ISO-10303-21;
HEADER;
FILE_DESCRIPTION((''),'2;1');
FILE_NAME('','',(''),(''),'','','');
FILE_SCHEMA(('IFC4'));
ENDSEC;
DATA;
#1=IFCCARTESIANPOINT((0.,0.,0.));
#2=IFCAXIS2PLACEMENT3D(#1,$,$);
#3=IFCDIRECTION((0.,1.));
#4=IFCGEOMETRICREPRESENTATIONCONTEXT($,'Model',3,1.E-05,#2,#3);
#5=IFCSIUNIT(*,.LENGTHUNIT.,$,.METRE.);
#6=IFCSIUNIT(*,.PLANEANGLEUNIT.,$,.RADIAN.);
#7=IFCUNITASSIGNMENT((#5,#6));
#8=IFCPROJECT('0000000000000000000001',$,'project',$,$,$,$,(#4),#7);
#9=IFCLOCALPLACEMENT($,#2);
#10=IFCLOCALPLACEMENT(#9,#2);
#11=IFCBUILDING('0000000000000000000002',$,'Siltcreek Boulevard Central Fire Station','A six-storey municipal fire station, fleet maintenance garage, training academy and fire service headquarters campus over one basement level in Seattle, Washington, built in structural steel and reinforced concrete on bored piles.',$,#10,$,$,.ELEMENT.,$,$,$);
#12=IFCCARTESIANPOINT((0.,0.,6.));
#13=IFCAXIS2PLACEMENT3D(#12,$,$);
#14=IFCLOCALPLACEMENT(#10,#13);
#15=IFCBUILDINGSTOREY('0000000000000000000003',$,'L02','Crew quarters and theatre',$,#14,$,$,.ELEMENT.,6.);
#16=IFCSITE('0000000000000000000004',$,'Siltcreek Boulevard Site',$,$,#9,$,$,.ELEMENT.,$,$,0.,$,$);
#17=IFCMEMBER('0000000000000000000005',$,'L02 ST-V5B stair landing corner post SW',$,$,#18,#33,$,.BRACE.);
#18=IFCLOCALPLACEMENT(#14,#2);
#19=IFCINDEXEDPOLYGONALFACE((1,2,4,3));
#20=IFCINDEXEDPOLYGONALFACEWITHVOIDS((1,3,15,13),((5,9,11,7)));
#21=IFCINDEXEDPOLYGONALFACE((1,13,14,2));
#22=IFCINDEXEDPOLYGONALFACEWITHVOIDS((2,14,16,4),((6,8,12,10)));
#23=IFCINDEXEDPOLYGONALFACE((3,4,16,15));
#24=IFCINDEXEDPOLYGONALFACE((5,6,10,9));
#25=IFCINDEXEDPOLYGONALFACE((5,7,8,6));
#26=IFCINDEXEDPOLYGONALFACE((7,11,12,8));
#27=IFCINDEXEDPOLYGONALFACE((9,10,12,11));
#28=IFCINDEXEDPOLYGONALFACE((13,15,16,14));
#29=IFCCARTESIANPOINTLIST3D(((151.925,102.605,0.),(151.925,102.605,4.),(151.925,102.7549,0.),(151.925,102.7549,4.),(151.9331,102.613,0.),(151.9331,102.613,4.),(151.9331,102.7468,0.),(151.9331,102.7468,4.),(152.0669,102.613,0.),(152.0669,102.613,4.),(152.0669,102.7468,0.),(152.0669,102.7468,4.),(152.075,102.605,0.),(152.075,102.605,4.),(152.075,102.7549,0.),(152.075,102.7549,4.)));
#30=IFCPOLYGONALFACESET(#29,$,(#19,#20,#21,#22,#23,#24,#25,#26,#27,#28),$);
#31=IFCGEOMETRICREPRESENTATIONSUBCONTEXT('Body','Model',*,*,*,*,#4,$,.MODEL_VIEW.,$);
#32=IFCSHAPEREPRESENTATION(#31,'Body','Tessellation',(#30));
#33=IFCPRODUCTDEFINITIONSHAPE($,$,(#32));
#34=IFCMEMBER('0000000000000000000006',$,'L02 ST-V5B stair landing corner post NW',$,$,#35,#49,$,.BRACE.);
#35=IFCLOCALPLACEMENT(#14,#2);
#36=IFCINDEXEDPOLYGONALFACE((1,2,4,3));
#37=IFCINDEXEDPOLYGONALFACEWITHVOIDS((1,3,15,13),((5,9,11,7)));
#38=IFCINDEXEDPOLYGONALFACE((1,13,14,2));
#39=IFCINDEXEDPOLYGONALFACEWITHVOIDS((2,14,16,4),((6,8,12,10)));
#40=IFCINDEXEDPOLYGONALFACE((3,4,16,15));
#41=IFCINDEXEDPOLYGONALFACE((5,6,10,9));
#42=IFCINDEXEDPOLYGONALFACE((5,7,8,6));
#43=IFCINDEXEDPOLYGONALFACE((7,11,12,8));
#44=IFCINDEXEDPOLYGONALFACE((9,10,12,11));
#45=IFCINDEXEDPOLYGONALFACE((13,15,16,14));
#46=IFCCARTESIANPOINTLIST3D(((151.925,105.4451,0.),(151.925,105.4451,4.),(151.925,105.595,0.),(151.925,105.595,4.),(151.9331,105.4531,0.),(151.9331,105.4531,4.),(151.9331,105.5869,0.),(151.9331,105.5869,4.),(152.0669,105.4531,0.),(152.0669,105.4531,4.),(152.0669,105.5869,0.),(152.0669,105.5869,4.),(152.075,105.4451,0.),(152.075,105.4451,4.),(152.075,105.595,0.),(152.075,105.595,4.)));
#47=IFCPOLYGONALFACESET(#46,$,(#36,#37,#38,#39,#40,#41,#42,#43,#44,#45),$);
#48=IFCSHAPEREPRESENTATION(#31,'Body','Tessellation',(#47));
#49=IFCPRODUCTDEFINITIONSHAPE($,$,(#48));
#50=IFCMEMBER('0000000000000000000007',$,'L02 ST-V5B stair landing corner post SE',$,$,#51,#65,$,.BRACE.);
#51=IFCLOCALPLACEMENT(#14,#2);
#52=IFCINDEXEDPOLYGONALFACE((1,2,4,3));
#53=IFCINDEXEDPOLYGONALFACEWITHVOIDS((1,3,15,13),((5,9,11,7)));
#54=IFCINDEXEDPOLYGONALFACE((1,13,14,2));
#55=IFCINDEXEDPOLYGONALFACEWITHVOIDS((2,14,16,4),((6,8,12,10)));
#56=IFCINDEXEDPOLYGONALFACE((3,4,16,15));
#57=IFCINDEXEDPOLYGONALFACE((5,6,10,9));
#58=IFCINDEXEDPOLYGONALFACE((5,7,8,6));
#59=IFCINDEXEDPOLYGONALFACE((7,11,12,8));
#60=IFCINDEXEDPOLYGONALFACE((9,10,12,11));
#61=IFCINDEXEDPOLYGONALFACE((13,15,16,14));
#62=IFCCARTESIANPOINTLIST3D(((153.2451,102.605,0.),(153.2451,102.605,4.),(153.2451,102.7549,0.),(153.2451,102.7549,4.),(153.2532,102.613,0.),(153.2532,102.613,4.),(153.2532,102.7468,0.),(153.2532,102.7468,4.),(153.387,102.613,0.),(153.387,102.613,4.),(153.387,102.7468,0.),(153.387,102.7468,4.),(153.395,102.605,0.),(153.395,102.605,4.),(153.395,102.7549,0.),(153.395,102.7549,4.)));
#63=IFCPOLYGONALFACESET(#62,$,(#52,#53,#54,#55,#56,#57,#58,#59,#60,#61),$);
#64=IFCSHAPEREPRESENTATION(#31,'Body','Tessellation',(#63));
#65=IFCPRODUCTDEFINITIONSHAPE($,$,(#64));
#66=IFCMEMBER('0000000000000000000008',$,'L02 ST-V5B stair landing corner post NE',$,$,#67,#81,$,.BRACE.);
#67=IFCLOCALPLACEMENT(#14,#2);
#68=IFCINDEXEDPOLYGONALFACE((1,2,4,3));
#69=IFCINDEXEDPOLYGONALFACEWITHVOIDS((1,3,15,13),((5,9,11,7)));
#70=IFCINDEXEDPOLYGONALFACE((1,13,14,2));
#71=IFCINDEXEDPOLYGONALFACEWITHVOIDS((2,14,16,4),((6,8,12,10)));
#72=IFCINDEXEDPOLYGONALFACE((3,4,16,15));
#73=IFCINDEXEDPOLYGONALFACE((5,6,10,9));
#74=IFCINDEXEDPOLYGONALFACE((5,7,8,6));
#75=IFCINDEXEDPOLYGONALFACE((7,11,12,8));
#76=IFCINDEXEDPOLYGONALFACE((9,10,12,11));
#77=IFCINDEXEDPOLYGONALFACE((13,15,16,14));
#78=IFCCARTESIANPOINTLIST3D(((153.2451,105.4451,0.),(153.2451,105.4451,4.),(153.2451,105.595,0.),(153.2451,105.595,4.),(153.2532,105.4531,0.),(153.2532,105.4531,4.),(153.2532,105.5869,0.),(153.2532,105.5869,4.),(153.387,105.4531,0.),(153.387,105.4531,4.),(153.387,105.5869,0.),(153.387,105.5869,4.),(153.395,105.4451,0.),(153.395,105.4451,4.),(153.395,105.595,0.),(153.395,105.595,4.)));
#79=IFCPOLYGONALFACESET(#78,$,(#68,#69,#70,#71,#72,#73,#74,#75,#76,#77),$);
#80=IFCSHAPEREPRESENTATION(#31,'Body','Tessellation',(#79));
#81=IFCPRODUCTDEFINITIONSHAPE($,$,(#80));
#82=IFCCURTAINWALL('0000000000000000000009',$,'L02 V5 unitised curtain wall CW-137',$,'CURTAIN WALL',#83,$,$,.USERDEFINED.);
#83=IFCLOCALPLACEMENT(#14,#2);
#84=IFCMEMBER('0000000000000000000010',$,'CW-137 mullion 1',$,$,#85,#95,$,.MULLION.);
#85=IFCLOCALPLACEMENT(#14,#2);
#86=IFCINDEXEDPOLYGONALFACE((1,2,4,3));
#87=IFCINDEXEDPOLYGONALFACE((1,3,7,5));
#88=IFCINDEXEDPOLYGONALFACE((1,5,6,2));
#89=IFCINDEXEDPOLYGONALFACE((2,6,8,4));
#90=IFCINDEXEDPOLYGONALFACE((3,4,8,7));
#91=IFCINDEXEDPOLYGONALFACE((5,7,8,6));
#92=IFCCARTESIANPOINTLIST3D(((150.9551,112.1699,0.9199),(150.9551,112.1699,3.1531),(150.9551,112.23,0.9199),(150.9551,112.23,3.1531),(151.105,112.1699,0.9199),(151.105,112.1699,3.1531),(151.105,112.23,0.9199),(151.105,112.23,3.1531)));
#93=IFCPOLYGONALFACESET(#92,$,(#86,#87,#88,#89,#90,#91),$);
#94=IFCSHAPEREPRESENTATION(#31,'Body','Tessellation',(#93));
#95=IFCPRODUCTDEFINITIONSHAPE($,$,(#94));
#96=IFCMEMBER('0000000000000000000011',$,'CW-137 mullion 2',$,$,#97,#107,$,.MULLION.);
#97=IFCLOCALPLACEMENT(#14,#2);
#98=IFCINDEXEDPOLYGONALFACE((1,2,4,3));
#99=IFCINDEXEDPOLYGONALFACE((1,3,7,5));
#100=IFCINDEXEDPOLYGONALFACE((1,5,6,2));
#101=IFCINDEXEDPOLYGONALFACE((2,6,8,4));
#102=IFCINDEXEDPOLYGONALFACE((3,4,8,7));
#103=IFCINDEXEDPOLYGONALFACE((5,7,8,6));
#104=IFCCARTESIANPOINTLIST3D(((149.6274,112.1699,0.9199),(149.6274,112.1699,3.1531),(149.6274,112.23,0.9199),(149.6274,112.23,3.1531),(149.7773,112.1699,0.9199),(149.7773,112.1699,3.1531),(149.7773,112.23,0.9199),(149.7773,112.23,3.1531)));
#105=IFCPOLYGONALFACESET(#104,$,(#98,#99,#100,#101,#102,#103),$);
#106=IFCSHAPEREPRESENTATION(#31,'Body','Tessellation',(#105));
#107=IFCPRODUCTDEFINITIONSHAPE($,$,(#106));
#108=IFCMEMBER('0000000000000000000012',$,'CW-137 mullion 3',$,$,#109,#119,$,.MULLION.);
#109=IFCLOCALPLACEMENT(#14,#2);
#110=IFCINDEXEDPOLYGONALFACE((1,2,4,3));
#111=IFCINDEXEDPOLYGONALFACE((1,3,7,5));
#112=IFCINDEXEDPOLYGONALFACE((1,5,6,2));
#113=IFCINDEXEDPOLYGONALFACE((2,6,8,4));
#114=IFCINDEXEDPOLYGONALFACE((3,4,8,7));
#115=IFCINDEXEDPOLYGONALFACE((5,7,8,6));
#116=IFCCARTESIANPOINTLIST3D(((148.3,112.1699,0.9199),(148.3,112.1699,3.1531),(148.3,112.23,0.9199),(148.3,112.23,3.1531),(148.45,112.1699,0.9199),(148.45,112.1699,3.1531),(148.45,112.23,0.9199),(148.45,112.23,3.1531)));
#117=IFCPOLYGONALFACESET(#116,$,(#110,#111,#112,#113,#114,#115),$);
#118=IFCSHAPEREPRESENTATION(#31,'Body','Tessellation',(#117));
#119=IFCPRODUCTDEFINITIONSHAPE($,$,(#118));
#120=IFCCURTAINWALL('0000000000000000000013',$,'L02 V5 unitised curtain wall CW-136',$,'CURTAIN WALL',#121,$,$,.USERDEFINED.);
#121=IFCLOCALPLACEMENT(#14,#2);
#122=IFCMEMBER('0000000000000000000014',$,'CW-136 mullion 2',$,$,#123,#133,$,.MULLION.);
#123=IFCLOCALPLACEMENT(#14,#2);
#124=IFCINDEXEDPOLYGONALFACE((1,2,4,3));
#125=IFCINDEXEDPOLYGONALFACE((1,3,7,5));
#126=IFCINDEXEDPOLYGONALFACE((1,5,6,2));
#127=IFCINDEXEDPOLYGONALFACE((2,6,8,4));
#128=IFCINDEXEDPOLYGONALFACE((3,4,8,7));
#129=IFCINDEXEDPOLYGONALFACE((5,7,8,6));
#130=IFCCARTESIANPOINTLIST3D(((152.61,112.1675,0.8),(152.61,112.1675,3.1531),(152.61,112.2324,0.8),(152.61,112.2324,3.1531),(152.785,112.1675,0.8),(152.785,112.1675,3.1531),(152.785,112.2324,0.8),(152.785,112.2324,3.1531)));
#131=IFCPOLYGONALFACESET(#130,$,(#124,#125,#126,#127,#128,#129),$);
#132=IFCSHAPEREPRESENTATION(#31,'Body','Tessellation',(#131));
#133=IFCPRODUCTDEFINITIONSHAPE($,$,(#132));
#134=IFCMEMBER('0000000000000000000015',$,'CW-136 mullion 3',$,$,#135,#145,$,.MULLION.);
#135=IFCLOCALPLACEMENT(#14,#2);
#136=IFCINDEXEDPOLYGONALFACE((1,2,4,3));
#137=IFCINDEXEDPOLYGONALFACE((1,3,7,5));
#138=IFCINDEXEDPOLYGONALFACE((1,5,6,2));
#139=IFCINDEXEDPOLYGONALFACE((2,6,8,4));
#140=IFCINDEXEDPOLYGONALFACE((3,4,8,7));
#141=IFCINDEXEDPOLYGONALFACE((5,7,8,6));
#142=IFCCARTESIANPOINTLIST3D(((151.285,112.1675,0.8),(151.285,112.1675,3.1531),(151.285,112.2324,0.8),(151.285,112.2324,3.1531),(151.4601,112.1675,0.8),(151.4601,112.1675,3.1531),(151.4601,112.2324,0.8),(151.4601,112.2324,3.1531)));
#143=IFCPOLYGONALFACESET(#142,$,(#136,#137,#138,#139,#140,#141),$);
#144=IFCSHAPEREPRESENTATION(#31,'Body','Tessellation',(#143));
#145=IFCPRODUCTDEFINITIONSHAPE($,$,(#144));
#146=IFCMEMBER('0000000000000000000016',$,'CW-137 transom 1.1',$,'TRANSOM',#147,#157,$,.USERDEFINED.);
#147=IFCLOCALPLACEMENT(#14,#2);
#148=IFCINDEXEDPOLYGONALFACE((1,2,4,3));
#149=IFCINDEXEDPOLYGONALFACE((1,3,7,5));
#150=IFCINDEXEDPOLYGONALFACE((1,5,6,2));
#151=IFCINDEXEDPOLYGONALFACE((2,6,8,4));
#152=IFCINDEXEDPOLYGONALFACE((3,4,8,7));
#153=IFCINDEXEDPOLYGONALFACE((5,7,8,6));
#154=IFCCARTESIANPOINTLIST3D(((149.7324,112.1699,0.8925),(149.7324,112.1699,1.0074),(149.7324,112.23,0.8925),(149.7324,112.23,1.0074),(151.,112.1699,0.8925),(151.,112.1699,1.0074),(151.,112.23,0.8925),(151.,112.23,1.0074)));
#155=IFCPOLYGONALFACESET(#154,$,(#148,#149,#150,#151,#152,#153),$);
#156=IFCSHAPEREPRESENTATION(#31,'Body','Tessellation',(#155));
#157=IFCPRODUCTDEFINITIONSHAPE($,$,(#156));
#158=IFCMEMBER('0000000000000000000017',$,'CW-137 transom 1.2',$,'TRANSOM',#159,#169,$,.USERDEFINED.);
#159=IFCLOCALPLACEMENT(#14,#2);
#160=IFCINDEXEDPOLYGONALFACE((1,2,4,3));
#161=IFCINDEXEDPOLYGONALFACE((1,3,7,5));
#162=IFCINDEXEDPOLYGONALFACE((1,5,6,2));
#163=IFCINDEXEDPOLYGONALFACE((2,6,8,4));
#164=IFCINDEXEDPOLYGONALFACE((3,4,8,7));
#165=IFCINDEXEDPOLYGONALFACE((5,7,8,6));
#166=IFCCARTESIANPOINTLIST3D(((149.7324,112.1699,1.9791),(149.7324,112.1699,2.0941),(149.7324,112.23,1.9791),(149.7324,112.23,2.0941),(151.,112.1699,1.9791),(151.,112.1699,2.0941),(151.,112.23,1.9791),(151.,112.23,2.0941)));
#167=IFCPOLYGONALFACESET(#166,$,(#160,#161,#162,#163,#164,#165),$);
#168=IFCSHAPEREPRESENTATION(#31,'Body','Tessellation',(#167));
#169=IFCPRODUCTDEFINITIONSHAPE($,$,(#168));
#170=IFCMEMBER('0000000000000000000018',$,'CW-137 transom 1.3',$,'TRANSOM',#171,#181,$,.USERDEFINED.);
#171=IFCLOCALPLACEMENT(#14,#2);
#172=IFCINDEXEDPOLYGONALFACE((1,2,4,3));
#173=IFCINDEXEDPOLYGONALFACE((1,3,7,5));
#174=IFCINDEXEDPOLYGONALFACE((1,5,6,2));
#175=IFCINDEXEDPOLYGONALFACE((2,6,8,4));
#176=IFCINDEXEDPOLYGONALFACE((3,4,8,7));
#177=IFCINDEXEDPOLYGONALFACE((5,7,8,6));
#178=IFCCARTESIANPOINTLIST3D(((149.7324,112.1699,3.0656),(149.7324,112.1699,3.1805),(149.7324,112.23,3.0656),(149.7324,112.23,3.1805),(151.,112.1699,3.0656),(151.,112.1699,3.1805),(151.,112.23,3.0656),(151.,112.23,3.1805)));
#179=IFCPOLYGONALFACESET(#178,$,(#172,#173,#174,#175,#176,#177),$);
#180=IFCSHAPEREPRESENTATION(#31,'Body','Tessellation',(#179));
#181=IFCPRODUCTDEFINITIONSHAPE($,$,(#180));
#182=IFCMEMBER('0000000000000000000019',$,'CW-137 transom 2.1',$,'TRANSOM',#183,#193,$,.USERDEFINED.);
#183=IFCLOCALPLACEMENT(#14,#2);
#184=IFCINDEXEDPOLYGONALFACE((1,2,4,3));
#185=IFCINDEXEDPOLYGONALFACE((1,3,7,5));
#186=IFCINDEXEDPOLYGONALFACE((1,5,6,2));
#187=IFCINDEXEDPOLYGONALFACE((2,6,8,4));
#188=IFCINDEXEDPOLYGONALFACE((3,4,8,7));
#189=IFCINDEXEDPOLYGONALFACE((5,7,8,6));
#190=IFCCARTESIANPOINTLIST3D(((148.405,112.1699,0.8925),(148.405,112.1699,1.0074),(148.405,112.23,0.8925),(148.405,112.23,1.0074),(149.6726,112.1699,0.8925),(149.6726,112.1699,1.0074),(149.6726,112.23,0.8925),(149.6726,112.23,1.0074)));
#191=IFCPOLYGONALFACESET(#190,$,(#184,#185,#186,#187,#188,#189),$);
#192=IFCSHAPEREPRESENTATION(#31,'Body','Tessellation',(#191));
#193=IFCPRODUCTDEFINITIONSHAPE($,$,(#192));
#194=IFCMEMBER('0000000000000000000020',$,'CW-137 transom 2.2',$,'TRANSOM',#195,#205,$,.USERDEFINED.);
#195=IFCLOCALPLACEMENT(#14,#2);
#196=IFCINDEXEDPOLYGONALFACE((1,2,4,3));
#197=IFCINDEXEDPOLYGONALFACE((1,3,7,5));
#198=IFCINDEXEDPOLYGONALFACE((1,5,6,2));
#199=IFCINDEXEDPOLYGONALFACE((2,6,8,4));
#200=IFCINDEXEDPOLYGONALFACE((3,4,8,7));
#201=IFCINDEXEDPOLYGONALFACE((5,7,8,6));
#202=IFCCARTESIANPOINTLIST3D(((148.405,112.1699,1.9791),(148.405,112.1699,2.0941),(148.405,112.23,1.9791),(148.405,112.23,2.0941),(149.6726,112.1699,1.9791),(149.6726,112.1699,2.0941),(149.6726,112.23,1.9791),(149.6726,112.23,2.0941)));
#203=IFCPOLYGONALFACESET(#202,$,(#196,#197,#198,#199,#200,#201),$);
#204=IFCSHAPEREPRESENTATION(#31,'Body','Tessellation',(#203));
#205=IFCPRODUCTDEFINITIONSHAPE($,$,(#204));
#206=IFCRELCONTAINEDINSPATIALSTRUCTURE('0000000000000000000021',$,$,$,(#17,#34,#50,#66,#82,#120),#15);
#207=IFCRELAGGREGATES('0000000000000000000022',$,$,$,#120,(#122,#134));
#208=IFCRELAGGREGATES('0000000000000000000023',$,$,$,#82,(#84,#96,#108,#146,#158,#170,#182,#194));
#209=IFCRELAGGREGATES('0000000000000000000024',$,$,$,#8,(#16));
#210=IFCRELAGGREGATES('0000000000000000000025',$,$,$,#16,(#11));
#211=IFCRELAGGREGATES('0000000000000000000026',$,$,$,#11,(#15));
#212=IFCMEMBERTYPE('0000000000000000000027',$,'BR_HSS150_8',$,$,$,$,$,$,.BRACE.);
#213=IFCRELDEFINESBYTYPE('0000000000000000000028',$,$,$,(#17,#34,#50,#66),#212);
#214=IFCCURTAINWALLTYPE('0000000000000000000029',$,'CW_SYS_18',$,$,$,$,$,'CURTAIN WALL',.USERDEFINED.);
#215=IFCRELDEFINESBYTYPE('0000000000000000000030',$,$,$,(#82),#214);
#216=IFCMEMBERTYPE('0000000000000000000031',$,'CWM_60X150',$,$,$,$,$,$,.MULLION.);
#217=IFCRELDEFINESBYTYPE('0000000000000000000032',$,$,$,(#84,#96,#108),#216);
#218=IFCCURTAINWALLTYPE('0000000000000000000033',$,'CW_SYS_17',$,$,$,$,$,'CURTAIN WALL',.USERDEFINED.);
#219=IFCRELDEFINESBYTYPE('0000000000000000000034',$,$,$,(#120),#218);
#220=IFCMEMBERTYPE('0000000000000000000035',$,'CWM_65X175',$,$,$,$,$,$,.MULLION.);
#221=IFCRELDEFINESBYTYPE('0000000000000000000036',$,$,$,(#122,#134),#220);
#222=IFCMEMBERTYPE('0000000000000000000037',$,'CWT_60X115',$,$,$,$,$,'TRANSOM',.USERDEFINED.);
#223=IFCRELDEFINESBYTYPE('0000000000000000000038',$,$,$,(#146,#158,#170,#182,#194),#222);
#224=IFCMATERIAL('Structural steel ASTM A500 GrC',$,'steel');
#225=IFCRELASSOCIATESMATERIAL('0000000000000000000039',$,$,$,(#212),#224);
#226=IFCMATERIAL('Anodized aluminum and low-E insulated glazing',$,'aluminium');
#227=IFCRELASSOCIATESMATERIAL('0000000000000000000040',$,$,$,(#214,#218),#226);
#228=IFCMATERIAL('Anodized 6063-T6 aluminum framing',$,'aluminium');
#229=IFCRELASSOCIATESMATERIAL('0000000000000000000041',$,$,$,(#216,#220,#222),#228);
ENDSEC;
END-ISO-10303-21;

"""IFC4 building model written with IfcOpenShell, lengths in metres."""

from ifc_helpers import new_model, si_unit, direction, frame, origin, origin_2d, place, context, subcontext, project, spatial, rectangle, hollow_rectangle, extrude, material, material_profile, profile_set, type_object, element, aggregate, save


model = new_model("IFC4")

# Units and contexts
model_context = context("Model", 3, precision=1e-05, world=origin(), true_north=direction((0.0, 1.0)))
body_context = subcontext(model_context, "Body", "Model", "MODEL_VIEW")
ifc_project = project(units=[si_unit("LENGTHUNIT", "METRE"), si_unit("PLANEANGLEUNIT", "RADIAN")], contexts=[model_context])

# Site, building, storey
site_placement = place(None, origin())
site = spatial("IfcSite", under=ifc_project, at=site_placement, Name="Siltcreek Boulevard Site", CompositionType="ELEMENT", RefElevation=0.0)
building_placement = place(site_placement, origin())
building = spatial("IfcBuilding", under=site, at=building_placement, Name="Siltcreek Boulevard Central Fire Station", Description="A six-storey municipal fire station, fleet maintenance garage, training academy and fire service headquarters campus over one basement level in Seattle, Washington, built in structural steel and reinforced concrete on bored piles.", CompositionType="ELEMENT")
storey_placement = place(building_placement, frame((0.0, 0.0, 6.0)))
storey = spatial("IfcBuildingStorey", under=building, at=storey_placement, Name="L02", Description="Crew quarters and theatre", CompositionType="ELEMENT", Elevation=6.0)

# Members
ifc_material_1 = material(Name="Structural steel ASTM A500 GrC", Category="steel")
ifc_material_profile_1 = material_profile(ifc_material_1, hollow_rectangle(XDim=0.1499, YDim=0.1499, WallThickness=0.0081, at=origin_2d()), Name="HSS150X150X8.0")
ifc_profile_set_1 = profile_set([ifc_material_profile_1], Name="Structural steel ASTM A500 GrC")
member_type_1 = type_object("IfcMemberType", Name="BR_HSS150_8", PredefinedType="BRACE", material=ifc_profile_set_1)
for number, where, z_axis, x_axis, name in (
    (1, (152.0, 102.6799, 0.0), (0.0, 0.0, 1.0), (1.0, 0.0, 0.0), "L02 ST-V5B stair landing corner post SW"),
    (2, (152.0, 105.52, 0.0), (0.0, 0.0, 1.0), (1.0, 0.0, 0.0), "L02 ST-V5B stair landing corner post NW"),
    (3, (153.3201, 102.6799, 0.0), (0.0, 0.0, 1.0), (1.0, 0.0, 0.0), "L02 ST-V5B stair landing corner post SE"),
    (4, (153.3201, 105.52, 0.0), (0.0, 0.0, 1.0), (1.0, 0.0, 0.0), "L02 ST-V5B stair landing corner post NE"),
):
    element("IfcMember", number, at=place(storey_placement, frame(where, z_axis=z_axis, x_axis=x_axis)), inside=storey, type_object=member_type_1, Name=name, PredefinedType="BRACE", context=body_context, shape_type="SweptSolid", body=[
        extrude(hollow_rectangle(XDim=0.1499, YDim=0.1499, WallThickness=0.0081, at=origin_2d()), origin(), (0.0, 0.0, 1.0), 4.0),
    ])

# Curtain walls, members
ifc_material_2 = material(Name="Anodized aluminum and low-E insulated glazing", Category="aluminium")
curtain_wall_type_1 = type_object("IfcCurtainWallType", Name="CW_SYS_18", ElementType="CURTAIN WALL", PredefinedType="USERDEFINED", material=ifc_material_2)
curtain_wall_1_placement = place(storey_placement, origin())
curtain_wall_1 = element("IfcCurtainWall", 5, at=curtain_wall_1_placement, inside=storey, type_object=curtain_wall_type_1, Name="L02 V5 unitised curtain wall CW-137", ObjectType="CURTAIN WALL", PredefinedType="USERDEFINED")
ifc_material_3 = material(Name="Anodized 6063-T6 aluminum framing", Category="aluminium")
ifc_material_profile_2 = material_profile(ifc_material_3, rectangle(XDim=0.0601, YDim=0.1499, at=origin_2d()), Name="MULL60X150")
ifc_profile_set_2 = profile_set([ifc_material_profile_2], Name="Anodized 6063-T6 aluminum framing")
member_type_2 = type_object("IfcMemberType", Name="CWM_60X150", PredefinedType="MULLION", material=ifc_profile_set_2)
member_1_placement = place(storey_placement, frame((151.03, 112.2, 0.9199), z_axis=(0.0, 0.0, 1.0), x_axis=(0.0, -1.0, 0.0)))
member_1 = element("IfcMember", 6, at=member_1_placement, type_object=member_type_2, Name="CW-137 mullion 1", PredefinedType="MULLION", context=body_context, shape_type="SweptSolid", body=[
    extrude(rectangle(XDim=0.0601, YDim=0.1499, at=origin_2d()), origin(), (0.0, 0.0, 1.0), 2.2332),
])
member_2_placement = place(storey_placement, frame((149.7024, 112.2, 0.9199), z_axis=(0.0, 0.0, 1.0), x_axis=(0.0, -1.0, 0.0)))
member_2 = element("IfcMember", 7, at=member_2_placement, type_object=member_type_2, Name="CW-137 mullion 2", PredefinedType="MULLION", context=body_context, shape_type="SweptSolid", body=[
    extrude(rectangle(XDim=0.0601, YDim=0.1499, at=origin_2d()), origin(), (0.0, 0.0, 1.0), 2.2332),
])
member_3_placement = place(storey_placement, frame((148.375, 112.2, 0.9199), z_axis=(0.0, 0.0, 1.0), x_axis=(0.0, -1.0, 0.0)))
member_3 = element("IfcMember", 8, at=member_3_placement, type_object=member_type_2, Name="CW-137 mullion 3", PredefinedType="MULLION", context=body_context, shape_type="SweptSolid", body=[
    extrude(rectangle(XDim=0.0601, YDim=0.1499, at=origin_2d()), origin(), (0.0, 0.0, 1.0), 2.2332),
])
curtain_wall_type_2 = type_object("IfcCurtainWallType", Name="CW_SYS_17", ElementType="CURTAIN WALL", PredefinedType="USERDEFINED", material=ifc_material_2)
curtain_wall_2_placement = place(storey_placement, origin())
curtain_wall_2 = element("IfcCurtainWall", 9, at=curtain_wall_2_placement, inside=storey, type_object=curtain_wall_type_2, Name="L02 V5 unitised curtain wall CW-136", ObjectType="CURTAIN WALL", PredefinedType="USERDEFINED")
ifc_material_profile_3 = material_profile(ifc_material_3, rectangle(XDim=0.0649, YDim=0.175, at=origin_2d()), Name="MULL65X175")
ifc_profile_set_3 = profile_set([ifc_material_profile_3], Name="Anodized 6063-T6 aluminum framing")
member_type_3 = type_object("IfcMemberType", Name="CWM_65X175", PredefinedType="MULLION", material=ifc_profile_set_3)
member_4_placement = place(storey_placement, frame((152.6975, 112.2, 0.8), z_axis=(0.0, 0.0, 1.0), x_axis=(0.0, -1.0, 0.0)))
member_4 = element("IfcMember", 10, at=member_4_placement, type_object=member_type_3, Name="CW-136 mullion 2", PredefinedType="MULLION", context=body_context, shape_type="SweptSolid", body=[
    extrude(rectangle(XDim=0.0649, YDim=0.175, at=origin_2d()), origin(), (0.0, 0.0, 1.0), 2.353),
])
member_5_placement = place(storey_placement, frame((151.3726, 112.2, 0.8), z_axis=(0.0, 0.0, 1.0), x_axis=(0.0, -1.0, 0.0)))
member_5 = element("IfcMember", 11, at=member_5_placement, type_object=member_type_3, Name="CW-136 mullion 3", PredefinedType="MULLION", context=body_context, shape_type="SweptSolid", body=[
    extrude(rectangle(XDim=0.0649, YDim=0.175, at=origin_2d()), origin(), (0.0, 0.0, 1.0), 2.353),
])

# Members
ifc_material_profile_4 = material_profile(ifc_material_3, rectangle(XDim=0.0601, YDim=0.115, at=origin_2d()), Name="TRAN60X115")
ifc_profile_set_4 = profile_set([ifc_material_profile_4], Name="Anodized 6063-T6 aluminum framing")
member_type_4 = type_object("IfcMemberType", Name="CWT_60X115", ElementType="TRANSOM", PredefinedType="USERDEFINED", material=ifc_profile_set_4)
member_6_placement = place(storey_placement, frame((151.0, 112.2, 0.95), z_axis=(-1.0, 0.0, 0.0), x_axis=(0.0, -1.0, 0.0)))
member_6 = element("IfcMember", 12, at=member_6_placement, type_object=member_type_4, Name="CW-137 transom 1.1", ObjectType="TRANSOM", PredefinedType="USERDEFINED", context=body_context, shape_type="SweptSolid", body=[
    extrude(rectangle(XDim=0.0601, YDim=0.115, at=origin_2d()), origin(), (0.0, 0.0, 1.0), 1.2676),
])
member_7_placement = place(storey_placement, frame((151.0, 112.2, 2.0366), z_axis=(-1.0, 0.0, 0.0), x_axis=(0.0, -1.0, 0.0)))
member_7 = element("IfcMember", 13, at=member_7_placement, type_object=member_type_4, Name="CW-137 transom 1.2", ObjectType="TRANSOM", PredefinedType="USERDEFINED", context=body_context, shape_type="SweptSolid", body=[
    extrude(rectangle(XDim=0.0601, YDim=0.115, at=origin_2d()), origin(), (0.0, 0.0, 1.0), 1.2676),
])
member_8_placement = place(storey_placement, frame((151.0, 112.2, 3.123), z_axis=(-1.0, 0.0, 0.0), x_axis=(0.0, -1.0, 0.0)))
member_8 = element("IfcMember", 14, at=member_8_placement, type_object=member_type_4, Name="CW-137 transom 1.3", ObjectType="TRANSOM", PredefinedType="USERDEFINED", context=body_context, shape_type="SweptSolid", body=[
    extrude(rectangle(XDim=0.0601, YDim=0.115, at=origin_2d()), origin(), (0.0, 0.0, 1.0), 1.2676),
])
member_9_placement = place(storey_placement, frame((149.6726, 112.2, 0.95), z_axis=(-1.0, 0.0, 0.0), x_axis=(0.0, -1.0, 0.0)))
member_9 = element("IfcMember", 15, at=member_9_placement, type_object=member_type_4, Name="CW-137 transom 2.1", ObjectType="TRANSOM", PredefinedType="USERDEFINED", context=body_context, shape_type="SweptSolid", body=[
    extrude(rectangle(XDim=0.0601, YDim=0.115, at=origin_2d()), origin(), (0.0, 0.0, 1.0), 1.2676),
])
member_10_placement = place(storey_placement, frame((149.6726, 112.2, 2.0366), z_axis=(-1.0, 0.0, 0.0), x_axis=(0.0, -1.0, 0.0)))
member_10 = element("IfcMember", 16, at=member_10_placement, type_object=member_type_4, Name="CW-137 transom 2.2", ObjectType="TRANSOM", PredefinedType="USERDEFINED", context=body_context, shape_type="SweptSolid", body=[
    extrude(rectangle(XDim=0.0601, YDim=0.115, at=origin_2d()), origin(), (0.0, 0.0, 1.0), 1.2676),
])

aggregate(curtain_wall_2, [member_4, member_5])
aggregate(curtain_wall_1, [member_1, member_2, member_3, member_6, member_7, member_8, member_9, member_10])

save(model, "model.ifc")
